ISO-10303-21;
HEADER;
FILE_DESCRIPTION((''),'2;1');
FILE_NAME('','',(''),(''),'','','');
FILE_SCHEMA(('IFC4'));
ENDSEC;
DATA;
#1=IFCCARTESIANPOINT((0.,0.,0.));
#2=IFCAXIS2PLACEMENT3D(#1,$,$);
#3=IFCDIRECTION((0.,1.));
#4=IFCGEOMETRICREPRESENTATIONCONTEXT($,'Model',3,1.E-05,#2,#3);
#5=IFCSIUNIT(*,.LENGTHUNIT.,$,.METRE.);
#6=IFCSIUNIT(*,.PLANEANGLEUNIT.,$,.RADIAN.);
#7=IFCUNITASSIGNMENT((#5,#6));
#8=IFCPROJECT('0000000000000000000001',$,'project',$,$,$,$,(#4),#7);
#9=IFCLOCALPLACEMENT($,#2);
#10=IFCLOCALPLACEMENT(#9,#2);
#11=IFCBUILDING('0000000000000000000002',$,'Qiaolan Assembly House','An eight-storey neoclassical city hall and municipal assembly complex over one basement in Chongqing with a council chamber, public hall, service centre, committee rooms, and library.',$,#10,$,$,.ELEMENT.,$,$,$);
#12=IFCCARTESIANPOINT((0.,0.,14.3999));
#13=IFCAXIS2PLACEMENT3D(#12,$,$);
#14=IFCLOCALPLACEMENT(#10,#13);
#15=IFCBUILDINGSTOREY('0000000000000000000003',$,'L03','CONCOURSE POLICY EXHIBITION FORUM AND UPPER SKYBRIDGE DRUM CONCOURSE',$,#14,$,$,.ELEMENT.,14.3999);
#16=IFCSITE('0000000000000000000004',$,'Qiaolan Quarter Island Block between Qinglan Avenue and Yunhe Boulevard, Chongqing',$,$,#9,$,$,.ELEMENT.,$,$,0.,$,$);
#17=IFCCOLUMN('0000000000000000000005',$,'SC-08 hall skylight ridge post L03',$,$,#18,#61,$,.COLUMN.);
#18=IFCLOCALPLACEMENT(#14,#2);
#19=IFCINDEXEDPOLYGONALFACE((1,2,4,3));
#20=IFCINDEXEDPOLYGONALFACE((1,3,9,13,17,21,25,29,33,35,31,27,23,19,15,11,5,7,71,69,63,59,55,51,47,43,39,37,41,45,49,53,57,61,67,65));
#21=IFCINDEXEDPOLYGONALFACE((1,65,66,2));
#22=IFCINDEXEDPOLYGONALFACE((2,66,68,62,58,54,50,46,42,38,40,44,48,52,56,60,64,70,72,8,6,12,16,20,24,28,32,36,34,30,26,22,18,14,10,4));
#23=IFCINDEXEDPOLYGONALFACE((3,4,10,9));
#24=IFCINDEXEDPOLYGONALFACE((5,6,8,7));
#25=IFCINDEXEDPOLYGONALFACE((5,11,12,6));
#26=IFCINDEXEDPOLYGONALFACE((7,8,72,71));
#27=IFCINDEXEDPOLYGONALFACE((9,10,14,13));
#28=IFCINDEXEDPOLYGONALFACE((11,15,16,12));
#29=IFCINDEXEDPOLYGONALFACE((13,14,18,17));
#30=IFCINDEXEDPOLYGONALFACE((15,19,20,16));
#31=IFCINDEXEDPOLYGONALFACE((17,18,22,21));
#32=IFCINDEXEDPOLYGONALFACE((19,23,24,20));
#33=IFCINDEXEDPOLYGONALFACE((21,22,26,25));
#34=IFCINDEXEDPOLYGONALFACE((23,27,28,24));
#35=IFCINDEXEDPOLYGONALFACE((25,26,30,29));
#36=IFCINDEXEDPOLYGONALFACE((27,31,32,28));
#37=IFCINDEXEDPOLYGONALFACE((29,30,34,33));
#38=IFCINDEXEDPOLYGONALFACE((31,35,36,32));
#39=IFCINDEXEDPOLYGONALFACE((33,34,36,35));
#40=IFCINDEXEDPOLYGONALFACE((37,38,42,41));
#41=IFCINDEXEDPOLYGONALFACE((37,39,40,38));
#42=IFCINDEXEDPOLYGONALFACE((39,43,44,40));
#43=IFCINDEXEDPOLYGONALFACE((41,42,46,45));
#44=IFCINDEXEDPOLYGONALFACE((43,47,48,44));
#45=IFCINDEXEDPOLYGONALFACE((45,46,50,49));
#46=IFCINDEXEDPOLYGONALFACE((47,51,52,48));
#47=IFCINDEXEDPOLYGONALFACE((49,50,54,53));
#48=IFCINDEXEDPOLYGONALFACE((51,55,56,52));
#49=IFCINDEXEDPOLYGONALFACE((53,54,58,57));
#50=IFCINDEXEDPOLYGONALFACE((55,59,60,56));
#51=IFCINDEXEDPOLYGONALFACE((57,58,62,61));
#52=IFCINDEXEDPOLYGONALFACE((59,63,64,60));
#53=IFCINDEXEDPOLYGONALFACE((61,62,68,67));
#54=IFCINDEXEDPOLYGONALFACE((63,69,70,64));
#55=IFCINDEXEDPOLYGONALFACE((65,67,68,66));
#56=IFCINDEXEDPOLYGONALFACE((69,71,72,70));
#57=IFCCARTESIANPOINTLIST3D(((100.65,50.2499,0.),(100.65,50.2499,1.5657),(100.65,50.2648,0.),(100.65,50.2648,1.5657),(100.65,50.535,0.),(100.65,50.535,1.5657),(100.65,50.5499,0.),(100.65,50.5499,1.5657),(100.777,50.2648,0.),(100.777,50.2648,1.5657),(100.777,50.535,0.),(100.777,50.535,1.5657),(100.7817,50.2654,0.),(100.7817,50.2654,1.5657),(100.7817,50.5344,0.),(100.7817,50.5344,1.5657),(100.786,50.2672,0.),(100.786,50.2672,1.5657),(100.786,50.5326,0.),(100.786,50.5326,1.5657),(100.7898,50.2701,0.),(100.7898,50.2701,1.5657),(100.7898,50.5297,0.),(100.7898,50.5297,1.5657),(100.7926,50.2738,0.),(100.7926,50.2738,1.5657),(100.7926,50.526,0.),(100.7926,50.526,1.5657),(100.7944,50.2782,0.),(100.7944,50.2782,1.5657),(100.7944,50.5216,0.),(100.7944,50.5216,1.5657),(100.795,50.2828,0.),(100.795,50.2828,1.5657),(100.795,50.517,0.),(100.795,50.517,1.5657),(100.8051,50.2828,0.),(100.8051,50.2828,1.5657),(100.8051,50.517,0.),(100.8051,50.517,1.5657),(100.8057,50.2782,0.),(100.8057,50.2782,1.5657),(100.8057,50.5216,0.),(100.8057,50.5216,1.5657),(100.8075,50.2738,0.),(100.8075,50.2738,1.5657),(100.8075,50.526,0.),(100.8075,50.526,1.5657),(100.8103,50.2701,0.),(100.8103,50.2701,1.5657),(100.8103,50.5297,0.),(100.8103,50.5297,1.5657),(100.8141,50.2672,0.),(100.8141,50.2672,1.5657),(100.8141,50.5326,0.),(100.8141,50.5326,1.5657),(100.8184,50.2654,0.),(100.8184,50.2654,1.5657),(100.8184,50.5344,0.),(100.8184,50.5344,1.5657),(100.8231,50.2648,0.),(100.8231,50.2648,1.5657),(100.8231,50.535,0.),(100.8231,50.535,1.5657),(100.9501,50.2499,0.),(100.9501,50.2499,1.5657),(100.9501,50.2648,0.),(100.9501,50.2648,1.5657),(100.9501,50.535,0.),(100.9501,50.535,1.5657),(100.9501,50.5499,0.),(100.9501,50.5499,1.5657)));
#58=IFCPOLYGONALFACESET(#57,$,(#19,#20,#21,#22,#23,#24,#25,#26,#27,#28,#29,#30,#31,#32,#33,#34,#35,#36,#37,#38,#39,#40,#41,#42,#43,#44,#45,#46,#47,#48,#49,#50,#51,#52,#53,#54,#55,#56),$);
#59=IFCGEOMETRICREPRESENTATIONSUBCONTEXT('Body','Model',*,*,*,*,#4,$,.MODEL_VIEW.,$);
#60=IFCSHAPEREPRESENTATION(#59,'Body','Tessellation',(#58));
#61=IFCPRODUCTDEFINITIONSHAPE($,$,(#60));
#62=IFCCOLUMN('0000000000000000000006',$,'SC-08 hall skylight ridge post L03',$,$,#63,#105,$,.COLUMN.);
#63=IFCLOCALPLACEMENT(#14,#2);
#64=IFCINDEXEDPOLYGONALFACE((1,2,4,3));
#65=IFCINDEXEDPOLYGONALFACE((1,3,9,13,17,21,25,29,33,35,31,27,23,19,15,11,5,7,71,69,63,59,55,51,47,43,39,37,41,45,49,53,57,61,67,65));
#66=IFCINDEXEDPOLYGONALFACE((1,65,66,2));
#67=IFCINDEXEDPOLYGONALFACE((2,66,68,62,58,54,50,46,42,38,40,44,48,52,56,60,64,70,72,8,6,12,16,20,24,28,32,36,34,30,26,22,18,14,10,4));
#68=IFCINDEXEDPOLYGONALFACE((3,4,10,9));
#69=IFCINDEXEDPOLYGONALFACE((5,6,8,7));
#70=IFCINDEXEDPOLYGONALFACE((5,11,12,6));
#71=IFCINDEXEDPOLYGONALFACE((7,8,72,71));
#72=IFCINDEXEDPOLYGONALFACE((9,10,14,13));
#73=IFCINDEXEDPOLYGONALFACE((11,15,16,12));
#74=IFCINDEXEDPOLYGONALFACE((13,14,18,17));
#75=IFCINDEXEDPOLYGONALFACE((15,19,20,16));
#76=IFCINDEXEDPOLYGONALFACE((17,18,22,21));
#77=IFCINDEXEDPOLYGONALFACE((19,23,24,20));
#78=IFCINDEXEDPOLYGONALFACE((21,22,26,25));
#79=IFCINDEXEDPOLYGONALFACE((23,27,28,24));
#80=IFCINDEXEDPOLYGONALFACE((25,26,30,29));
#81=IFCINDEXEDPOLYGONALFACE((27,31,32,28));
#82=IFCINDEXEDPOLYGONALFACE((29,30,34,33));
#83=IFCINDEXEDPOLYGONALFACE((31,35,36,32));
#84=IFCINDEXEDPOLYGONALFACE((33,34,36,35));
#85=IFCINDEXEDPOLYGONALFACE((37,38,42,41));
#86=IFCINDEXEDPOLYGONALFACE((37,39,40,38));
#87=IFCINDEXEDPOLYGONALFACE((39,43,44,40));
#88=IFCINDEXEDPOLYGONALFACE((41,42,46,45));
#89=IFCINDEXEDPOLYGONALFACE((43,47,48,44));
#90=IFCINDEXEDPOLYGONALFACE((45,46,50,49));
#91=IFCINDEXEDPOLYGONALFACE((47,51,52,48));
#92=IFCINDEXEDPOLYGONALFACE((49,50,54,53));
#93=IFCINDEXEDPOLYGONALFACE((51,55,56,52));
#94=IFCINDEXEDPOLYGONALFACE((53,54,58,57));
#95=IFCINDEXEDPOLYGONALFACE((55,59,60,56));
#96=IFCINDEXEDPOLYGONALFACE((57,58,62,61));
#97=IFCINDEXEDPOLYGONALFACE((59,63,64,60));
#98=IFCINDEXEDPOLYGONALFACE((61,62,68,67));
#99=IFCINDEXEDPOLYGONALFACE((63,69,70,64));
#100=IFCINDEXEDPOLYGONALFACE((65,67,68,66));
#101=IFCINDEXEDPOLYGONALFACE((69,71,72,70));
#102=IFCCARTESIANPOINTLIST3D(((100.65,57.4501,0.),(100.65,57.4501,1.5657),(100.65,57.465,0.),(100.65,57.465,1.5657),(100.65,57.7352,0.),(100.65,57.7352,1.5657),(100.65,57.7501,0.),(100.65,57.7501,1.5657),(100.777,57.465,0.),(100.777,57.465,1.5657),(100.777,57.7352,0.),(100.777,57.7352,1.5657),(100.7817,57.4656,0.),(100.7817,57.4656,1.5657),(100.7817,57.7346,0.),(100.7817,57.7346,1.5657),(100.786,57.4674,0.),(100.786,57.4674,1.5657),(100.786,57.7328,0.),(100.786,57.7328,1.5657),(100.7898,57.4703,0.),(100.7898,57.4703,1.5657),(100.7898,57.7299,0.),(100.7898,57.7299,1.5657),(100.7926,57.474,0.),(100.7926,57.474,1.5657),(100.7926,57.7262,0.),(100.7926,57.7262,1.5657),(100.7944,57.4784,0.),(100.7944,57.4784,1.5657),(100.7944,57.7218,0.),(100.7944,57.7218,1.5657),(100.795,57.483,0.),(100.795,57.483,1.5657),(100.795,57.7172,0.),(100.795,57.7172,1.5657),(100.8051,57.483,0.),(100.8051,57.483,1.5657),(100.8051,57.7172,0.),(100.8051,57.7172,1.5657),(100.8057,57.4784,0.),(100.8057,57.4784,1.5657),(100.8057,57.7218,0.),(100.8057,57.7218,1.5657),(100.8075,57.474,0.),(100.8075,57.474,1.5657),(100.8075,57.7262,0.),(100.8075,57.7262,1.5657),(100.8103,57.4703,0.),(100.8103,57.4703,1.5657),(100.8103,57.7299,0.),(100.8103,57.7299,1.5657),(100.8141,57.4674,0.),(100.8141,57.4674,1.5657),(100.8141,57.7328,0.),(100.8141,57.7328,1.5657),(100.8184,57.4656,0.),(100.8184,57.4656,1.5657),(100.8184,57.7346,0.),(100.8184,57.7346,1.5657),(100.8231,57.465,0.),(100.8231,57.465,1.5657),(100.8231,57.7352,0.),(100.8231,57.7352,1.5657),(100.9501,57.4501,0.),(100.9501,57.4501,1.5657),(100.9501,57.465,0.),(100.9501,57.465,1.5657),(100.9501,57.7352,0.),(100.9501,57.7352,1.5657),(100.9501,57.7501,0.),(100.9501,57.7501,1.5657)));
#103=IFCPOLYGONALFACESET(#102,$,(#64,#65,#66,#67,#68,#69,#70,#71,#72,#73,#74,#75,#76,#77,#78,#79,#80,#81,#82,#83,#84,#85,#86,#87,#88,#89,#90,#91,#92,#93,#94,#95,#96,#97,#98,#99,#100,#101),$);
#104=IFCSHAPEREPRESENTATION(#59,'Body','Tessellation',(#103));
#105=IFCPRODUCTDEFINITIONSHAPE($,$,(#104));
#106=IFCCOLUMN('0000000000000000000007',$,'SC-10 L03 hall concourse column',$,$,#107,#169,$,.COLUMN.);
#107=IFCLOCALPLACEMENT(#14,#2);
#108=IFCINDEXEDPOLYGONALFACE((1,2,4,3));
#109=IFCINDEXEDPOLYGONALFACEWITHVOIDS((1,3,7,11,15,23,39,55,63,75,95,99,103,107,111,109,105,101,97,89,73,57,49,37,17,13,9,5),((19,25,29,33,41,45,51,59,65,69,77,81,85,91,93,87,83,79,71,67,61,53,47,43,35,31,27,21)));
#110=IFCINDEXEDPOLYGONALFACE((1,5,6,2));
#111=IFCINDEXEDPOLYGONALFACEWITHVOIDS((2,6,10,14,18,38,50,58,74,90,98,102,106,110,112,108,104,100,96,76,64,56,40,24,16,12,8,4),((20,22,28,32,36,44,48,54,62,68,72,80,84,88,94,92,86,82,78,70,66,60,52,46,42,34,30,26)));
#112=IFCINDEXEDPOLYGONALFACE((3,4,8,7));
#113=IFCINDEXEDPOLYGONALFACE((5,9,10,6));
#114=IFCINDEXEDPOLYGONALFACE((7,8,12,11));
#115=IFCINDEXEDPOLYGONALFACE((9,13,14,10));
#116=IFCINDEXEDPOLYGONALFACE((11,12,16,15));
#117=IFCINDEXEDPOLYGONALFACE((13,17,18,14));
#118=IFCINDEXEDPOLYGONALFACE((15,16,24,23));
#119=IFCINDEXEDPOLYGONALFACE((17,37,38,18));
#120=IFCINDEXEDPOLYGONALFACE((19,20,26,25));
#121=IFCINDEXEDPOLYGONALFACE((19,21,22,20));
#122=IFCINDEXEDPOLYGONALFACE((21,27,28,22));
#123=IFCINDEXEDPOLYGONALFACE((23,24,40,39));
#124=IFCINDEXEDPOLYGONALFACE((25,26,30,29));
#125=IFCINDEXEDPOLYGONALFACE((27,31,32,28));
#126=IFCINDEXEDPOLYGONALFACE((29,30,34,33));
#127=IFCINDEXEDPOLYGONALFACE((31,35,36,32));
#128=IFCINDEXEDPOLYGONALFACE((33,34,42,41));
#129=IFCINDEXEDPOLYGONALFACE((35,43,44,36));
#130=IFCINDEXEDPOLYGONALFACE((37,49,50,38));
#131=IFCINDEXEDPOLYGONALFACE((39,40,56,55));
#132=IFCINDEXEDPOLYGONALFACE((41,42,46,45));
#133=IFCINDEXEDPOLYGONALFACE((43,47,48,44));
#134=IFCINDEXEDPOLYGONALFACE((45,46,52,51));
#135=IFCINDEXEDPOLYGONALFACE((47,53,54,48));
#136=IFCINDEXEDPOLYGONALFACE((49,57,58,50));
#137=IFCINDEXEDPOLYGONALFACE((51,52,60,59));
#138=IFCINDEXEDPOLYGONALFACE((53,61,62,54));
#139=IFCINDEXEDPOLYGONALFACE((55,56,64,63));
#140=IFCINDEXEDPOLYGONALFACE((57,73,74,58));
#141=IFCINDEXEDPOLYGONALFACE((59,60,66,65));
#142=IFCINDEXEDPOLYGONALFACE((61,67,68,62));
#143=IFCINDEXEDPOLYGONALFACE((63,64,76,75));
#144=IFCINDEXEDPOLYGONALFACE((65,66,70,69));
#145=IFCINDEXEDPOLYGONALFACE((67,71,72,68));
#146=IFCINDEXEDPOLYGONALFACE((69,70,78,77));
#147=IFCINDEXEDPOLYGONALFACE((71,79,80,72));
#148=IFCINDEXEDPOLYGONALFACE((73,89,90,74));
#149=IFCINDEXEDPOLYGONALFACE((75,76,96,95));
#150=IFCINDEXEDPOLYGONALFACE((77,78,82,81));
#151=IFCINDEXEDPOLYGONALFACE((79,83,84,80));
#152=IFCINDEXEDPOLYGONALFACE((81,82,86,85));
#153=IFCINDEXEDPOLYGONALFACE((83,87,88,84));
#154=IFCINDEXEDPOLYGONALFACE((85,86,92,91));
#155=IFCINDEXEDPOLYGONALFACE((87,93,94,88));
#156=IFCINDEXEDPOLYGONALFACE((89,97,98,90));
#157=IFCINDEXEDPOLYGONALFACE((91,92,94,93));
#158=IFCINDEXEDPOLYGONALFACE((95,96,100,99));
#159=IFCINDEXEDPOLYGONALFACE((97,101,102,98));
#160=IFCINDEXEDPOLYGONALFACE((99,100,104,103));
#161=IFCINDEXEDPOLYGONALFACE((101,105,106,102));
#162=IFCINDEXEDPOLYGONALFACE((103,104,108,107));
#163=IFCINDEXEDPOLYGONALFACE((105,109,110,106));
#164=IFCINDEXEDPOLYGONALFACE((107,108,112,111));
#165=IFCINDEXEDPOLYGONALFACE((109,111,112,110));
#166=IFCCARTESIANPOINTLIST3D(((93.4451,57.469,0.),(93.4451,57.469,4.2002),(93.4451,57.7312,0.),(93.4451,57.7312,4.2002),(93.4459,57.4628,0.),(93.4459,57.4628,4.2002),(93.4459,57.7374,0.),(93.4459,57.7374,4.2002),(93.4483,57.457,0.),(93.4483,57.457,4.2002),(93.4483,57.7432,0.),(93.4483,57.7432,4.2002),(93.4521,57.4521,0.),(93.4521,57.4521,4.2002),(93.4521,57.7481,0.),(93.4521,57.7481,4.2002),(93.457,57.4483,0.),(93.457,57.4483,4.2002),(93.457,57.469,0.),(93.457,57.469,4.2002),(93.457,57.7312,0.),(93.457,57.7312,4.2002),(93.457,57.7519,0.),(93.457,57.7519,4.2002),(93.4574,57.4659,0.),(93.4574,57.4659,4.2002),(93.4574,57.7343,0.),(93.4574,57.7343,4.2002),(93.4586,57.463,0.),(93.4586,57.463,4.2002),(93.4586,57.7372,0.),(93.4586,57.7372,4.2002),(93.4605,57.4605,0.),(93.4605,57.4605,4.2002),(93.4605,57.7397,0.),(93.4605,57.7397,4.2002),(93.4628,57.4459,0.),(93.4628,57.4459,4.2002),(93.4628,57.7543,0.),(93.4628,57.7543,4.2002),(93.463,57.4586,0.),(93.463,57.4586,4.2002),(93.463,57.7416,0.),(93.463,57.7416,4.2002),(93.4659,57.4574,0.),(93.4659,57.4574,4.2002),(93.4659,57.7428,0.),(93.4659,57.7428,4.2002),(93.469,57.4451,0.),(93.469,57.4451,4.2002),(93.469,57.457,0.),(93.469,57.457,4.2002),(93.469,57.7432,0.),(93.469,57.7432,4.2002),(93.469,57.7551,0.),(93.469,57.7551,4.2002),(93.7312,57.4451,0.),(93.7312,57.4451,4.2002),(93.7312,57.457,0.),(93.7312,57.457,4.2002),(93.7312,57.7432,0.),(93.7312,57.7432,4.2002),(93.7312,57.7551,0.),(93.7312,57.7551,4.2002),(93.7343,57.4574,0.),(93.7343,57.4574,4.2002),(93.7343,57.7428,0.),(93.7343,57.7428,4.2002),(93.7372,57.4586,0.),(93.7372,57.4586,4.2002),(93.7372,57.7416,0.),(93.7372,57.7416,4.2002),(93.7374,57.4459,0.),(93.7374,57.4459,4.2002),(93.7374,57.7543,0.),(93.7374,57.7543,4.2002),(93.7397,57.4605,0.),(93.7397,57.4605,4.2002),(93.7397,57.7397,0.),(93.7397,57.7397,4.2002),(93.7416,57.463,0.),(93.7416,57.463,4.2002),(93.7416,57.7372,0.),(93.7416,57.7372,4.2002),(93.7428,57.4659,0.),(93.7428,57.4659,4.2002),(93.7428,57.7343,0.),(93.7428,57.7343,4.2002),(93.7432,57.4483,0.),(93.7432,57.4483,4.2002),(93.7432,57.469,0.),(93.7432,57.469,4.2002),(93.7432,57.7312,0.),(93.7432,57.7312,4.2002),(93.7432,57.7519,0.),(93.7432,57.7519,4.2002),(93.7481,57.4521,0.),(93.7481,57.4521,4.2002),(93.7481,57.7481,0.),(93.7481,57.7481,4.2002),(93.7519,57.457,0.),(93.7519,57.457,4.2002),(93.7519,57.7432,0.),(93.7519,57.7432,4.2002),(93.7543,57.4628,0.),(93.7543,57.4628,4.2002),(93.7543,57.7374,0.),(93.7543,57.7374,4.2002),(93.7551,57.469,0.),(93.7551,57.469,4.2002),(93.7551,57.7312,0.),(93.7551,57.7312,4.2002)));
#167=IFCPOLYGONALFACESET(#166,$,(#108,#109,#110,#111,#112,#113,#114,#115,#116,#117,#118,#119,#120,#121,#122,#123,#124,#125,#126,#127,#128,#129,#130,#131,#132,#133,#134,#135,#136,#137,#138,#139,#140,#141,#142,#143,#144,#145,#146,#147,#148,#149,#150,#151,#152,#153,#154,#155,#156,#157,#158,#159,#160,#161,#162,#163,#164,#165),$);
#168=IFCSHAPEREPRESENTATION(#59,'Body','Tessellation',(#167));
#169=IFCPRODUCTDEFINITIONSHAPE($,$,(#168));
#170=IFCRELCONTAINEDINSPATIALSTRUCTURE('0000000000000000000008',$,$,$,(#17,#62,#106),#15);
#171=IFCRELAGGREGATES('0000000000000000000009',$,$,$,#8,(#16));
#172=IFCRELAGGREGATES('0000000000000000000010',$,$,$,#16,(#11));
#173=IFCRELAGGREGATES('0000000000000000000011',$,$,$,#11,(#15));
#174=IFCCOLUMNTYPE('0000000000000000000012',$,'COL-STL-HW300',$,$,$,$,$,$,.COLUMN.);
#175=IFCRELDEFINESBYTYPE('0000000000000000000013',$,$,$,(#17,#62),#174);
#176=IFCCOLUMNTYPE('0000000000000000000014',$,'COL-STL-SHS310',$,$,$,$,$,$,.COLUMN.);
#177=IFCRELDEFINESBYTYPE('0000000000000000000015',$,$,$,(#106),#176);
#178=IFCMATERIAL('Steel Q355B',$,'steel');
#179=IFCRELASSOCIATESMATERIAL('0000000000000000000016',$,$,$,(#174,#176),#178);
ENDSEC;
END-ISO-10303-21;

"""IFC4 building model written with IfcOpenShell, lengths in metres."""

from ifc_helpers import new_model, si_unit, direction, frame, origin, origin_2d, place, context, subcontext, project, spatial, hollow_rectangle, i_section, extrude, material, material_profile, profile_set, type_object, element, save


model = new_model("IFC4")

# Units and contexts
model_context = context("Model", 3, precision=1e-05, world=origin(), true_north=direction((0.0, 1.0)))
body_context = subcontext(model_context, "Body", "Model", "MODEL_VIEW")
ifc_project = project(units=[si_unit("LENGTHUNIT", "METRE"), si_unit("PLANEANGLEUNIT", "RADIAN")], contexts=[model_context])

# Site, building, storey
site_placement = place(None, origin())
site = spatial("IfcSite", under=ifc_project, at=site_placement, Name="Qiaolan Quarter Island Block between Qinglan Avenue and Yunhe Boulevard, Chongqing", CompositionType="ELEMENT", RefElevation=0.0)
building_placement = place(site_placement, origin())
building = spatial("IfcBuilding", under=site, at=building_placement, Name="Qiaolan Assembly House", Description="An eight-storey neoclassical city hall and municipal assembly complex over one basement in Chongqing with a council chamber, public hall, service centre, committee rooms, and library.", CompositionType="ELEMENT")
storey_placement = place(building_placement, frame((0.0, 0.0, 14.3999)))
storey = spatial("IfcBuildingStorey", under=building, at=storey_placement, Name="L03", Description="CONCOURSE POLICY EXHIBITION FORUM AND UPPER SKYBRIDGE DRUM CONCOURSE", CompositionType="ELEMENT", Elevation=14.3999)

# Columns
ifc_material_1 = material(Name="Steel Q355B", Category="steel")
ifc_material_profile_1 = material_profile(ifc_material_1, i_section(OverallWidth=0.3, OverallDepth=0.3, WebThickness=0.01, FlangeThickness=0.0149, FilletRadius=0.0181, at=origin_2d()), Name="HW 300x300x10x15")
ifc_profile_set_1 = profile_set([ifc_material_profile_1], Name="Steel Q355B")
column_type_1 = type_object("IfcColumnType", Name="COL-STL-HW300", PredefinedType="COLUMN", material=ifc_profile_set_1)
for number, where, z_axis, x_axis, name in (
    (1, (100.8, 50.3999, 0.0), (0.0, 0.0, 1.0), (1.0, 0.0, 0.0), "SC-08 hall skylight ridge post L03"),
    (2, (100.8, 57.6001, 0.0), (0.0, 0.0, 1.0), (1.0, 0.0, 0.0), "SC-08 hall skylight ridge post L03"),
):
    element("IfcColumn", number, at=place(storey_placement, frame(where, z_axis=z_axis, x_axis=x_axis)), inside=storey, type_object=column_type_1, Name=name, PredefinedType="COLUMN", context=body_context, shape_type="SweptSolid", body=[
        extrude(i_section(OverallWidth=0.3, OverallDepth=0.3, WebThickness=0.01, FlangeThickness=0.0149, FilletRadius=0.0181, at=origin_2d()), origin(), (0.0, 0.0, 1.0), 1.5657),
    ])
ifc_material_profile_2 = material_profile(ifc_material_1, hollow_rectangle(XDim=0.3101, YDim=0.3101, WallThickness=0.012, InnerFilletRadius=0.012, OuterFilletRadius=0.0239, at=origin_2d()), Name="SHS 310x310x12")
ifc_profile_set_2 = profile_set([ifc_material_profile_2], Name="Steel Q355B")
column_type_2 = type_object("IfcColumnType", Name="COL-STL-SHS310", PredefinedType="COLUMN", material=ifc_profile_set_2)
column_placement = place(storey_placement, frame((93.6001, 57.6001, 0.0), z_axis=(0.0, 0.0, 1.0), x_axis=(1.0, 0.0, 0.0)))
element("IfcColumn", 3, at=column_placement, inside=storey, type_object=column_type_2, Name="SC-10 L03 hall concourse column", PredefinedType="COLUMN", context=body_context, shape_type="SweptSolid", body=[
    extrude(hollow_rectangle(XDim=0.3101, YDim=0.3101, WallThickness=0.012, InnerFilletRadius=0.012, OuterFilletRadius=0.0239, at=origin_2d()), origin(), (0.0, 0.0, 1.0), 4.2002),
])

save(model, "model.ifc")
